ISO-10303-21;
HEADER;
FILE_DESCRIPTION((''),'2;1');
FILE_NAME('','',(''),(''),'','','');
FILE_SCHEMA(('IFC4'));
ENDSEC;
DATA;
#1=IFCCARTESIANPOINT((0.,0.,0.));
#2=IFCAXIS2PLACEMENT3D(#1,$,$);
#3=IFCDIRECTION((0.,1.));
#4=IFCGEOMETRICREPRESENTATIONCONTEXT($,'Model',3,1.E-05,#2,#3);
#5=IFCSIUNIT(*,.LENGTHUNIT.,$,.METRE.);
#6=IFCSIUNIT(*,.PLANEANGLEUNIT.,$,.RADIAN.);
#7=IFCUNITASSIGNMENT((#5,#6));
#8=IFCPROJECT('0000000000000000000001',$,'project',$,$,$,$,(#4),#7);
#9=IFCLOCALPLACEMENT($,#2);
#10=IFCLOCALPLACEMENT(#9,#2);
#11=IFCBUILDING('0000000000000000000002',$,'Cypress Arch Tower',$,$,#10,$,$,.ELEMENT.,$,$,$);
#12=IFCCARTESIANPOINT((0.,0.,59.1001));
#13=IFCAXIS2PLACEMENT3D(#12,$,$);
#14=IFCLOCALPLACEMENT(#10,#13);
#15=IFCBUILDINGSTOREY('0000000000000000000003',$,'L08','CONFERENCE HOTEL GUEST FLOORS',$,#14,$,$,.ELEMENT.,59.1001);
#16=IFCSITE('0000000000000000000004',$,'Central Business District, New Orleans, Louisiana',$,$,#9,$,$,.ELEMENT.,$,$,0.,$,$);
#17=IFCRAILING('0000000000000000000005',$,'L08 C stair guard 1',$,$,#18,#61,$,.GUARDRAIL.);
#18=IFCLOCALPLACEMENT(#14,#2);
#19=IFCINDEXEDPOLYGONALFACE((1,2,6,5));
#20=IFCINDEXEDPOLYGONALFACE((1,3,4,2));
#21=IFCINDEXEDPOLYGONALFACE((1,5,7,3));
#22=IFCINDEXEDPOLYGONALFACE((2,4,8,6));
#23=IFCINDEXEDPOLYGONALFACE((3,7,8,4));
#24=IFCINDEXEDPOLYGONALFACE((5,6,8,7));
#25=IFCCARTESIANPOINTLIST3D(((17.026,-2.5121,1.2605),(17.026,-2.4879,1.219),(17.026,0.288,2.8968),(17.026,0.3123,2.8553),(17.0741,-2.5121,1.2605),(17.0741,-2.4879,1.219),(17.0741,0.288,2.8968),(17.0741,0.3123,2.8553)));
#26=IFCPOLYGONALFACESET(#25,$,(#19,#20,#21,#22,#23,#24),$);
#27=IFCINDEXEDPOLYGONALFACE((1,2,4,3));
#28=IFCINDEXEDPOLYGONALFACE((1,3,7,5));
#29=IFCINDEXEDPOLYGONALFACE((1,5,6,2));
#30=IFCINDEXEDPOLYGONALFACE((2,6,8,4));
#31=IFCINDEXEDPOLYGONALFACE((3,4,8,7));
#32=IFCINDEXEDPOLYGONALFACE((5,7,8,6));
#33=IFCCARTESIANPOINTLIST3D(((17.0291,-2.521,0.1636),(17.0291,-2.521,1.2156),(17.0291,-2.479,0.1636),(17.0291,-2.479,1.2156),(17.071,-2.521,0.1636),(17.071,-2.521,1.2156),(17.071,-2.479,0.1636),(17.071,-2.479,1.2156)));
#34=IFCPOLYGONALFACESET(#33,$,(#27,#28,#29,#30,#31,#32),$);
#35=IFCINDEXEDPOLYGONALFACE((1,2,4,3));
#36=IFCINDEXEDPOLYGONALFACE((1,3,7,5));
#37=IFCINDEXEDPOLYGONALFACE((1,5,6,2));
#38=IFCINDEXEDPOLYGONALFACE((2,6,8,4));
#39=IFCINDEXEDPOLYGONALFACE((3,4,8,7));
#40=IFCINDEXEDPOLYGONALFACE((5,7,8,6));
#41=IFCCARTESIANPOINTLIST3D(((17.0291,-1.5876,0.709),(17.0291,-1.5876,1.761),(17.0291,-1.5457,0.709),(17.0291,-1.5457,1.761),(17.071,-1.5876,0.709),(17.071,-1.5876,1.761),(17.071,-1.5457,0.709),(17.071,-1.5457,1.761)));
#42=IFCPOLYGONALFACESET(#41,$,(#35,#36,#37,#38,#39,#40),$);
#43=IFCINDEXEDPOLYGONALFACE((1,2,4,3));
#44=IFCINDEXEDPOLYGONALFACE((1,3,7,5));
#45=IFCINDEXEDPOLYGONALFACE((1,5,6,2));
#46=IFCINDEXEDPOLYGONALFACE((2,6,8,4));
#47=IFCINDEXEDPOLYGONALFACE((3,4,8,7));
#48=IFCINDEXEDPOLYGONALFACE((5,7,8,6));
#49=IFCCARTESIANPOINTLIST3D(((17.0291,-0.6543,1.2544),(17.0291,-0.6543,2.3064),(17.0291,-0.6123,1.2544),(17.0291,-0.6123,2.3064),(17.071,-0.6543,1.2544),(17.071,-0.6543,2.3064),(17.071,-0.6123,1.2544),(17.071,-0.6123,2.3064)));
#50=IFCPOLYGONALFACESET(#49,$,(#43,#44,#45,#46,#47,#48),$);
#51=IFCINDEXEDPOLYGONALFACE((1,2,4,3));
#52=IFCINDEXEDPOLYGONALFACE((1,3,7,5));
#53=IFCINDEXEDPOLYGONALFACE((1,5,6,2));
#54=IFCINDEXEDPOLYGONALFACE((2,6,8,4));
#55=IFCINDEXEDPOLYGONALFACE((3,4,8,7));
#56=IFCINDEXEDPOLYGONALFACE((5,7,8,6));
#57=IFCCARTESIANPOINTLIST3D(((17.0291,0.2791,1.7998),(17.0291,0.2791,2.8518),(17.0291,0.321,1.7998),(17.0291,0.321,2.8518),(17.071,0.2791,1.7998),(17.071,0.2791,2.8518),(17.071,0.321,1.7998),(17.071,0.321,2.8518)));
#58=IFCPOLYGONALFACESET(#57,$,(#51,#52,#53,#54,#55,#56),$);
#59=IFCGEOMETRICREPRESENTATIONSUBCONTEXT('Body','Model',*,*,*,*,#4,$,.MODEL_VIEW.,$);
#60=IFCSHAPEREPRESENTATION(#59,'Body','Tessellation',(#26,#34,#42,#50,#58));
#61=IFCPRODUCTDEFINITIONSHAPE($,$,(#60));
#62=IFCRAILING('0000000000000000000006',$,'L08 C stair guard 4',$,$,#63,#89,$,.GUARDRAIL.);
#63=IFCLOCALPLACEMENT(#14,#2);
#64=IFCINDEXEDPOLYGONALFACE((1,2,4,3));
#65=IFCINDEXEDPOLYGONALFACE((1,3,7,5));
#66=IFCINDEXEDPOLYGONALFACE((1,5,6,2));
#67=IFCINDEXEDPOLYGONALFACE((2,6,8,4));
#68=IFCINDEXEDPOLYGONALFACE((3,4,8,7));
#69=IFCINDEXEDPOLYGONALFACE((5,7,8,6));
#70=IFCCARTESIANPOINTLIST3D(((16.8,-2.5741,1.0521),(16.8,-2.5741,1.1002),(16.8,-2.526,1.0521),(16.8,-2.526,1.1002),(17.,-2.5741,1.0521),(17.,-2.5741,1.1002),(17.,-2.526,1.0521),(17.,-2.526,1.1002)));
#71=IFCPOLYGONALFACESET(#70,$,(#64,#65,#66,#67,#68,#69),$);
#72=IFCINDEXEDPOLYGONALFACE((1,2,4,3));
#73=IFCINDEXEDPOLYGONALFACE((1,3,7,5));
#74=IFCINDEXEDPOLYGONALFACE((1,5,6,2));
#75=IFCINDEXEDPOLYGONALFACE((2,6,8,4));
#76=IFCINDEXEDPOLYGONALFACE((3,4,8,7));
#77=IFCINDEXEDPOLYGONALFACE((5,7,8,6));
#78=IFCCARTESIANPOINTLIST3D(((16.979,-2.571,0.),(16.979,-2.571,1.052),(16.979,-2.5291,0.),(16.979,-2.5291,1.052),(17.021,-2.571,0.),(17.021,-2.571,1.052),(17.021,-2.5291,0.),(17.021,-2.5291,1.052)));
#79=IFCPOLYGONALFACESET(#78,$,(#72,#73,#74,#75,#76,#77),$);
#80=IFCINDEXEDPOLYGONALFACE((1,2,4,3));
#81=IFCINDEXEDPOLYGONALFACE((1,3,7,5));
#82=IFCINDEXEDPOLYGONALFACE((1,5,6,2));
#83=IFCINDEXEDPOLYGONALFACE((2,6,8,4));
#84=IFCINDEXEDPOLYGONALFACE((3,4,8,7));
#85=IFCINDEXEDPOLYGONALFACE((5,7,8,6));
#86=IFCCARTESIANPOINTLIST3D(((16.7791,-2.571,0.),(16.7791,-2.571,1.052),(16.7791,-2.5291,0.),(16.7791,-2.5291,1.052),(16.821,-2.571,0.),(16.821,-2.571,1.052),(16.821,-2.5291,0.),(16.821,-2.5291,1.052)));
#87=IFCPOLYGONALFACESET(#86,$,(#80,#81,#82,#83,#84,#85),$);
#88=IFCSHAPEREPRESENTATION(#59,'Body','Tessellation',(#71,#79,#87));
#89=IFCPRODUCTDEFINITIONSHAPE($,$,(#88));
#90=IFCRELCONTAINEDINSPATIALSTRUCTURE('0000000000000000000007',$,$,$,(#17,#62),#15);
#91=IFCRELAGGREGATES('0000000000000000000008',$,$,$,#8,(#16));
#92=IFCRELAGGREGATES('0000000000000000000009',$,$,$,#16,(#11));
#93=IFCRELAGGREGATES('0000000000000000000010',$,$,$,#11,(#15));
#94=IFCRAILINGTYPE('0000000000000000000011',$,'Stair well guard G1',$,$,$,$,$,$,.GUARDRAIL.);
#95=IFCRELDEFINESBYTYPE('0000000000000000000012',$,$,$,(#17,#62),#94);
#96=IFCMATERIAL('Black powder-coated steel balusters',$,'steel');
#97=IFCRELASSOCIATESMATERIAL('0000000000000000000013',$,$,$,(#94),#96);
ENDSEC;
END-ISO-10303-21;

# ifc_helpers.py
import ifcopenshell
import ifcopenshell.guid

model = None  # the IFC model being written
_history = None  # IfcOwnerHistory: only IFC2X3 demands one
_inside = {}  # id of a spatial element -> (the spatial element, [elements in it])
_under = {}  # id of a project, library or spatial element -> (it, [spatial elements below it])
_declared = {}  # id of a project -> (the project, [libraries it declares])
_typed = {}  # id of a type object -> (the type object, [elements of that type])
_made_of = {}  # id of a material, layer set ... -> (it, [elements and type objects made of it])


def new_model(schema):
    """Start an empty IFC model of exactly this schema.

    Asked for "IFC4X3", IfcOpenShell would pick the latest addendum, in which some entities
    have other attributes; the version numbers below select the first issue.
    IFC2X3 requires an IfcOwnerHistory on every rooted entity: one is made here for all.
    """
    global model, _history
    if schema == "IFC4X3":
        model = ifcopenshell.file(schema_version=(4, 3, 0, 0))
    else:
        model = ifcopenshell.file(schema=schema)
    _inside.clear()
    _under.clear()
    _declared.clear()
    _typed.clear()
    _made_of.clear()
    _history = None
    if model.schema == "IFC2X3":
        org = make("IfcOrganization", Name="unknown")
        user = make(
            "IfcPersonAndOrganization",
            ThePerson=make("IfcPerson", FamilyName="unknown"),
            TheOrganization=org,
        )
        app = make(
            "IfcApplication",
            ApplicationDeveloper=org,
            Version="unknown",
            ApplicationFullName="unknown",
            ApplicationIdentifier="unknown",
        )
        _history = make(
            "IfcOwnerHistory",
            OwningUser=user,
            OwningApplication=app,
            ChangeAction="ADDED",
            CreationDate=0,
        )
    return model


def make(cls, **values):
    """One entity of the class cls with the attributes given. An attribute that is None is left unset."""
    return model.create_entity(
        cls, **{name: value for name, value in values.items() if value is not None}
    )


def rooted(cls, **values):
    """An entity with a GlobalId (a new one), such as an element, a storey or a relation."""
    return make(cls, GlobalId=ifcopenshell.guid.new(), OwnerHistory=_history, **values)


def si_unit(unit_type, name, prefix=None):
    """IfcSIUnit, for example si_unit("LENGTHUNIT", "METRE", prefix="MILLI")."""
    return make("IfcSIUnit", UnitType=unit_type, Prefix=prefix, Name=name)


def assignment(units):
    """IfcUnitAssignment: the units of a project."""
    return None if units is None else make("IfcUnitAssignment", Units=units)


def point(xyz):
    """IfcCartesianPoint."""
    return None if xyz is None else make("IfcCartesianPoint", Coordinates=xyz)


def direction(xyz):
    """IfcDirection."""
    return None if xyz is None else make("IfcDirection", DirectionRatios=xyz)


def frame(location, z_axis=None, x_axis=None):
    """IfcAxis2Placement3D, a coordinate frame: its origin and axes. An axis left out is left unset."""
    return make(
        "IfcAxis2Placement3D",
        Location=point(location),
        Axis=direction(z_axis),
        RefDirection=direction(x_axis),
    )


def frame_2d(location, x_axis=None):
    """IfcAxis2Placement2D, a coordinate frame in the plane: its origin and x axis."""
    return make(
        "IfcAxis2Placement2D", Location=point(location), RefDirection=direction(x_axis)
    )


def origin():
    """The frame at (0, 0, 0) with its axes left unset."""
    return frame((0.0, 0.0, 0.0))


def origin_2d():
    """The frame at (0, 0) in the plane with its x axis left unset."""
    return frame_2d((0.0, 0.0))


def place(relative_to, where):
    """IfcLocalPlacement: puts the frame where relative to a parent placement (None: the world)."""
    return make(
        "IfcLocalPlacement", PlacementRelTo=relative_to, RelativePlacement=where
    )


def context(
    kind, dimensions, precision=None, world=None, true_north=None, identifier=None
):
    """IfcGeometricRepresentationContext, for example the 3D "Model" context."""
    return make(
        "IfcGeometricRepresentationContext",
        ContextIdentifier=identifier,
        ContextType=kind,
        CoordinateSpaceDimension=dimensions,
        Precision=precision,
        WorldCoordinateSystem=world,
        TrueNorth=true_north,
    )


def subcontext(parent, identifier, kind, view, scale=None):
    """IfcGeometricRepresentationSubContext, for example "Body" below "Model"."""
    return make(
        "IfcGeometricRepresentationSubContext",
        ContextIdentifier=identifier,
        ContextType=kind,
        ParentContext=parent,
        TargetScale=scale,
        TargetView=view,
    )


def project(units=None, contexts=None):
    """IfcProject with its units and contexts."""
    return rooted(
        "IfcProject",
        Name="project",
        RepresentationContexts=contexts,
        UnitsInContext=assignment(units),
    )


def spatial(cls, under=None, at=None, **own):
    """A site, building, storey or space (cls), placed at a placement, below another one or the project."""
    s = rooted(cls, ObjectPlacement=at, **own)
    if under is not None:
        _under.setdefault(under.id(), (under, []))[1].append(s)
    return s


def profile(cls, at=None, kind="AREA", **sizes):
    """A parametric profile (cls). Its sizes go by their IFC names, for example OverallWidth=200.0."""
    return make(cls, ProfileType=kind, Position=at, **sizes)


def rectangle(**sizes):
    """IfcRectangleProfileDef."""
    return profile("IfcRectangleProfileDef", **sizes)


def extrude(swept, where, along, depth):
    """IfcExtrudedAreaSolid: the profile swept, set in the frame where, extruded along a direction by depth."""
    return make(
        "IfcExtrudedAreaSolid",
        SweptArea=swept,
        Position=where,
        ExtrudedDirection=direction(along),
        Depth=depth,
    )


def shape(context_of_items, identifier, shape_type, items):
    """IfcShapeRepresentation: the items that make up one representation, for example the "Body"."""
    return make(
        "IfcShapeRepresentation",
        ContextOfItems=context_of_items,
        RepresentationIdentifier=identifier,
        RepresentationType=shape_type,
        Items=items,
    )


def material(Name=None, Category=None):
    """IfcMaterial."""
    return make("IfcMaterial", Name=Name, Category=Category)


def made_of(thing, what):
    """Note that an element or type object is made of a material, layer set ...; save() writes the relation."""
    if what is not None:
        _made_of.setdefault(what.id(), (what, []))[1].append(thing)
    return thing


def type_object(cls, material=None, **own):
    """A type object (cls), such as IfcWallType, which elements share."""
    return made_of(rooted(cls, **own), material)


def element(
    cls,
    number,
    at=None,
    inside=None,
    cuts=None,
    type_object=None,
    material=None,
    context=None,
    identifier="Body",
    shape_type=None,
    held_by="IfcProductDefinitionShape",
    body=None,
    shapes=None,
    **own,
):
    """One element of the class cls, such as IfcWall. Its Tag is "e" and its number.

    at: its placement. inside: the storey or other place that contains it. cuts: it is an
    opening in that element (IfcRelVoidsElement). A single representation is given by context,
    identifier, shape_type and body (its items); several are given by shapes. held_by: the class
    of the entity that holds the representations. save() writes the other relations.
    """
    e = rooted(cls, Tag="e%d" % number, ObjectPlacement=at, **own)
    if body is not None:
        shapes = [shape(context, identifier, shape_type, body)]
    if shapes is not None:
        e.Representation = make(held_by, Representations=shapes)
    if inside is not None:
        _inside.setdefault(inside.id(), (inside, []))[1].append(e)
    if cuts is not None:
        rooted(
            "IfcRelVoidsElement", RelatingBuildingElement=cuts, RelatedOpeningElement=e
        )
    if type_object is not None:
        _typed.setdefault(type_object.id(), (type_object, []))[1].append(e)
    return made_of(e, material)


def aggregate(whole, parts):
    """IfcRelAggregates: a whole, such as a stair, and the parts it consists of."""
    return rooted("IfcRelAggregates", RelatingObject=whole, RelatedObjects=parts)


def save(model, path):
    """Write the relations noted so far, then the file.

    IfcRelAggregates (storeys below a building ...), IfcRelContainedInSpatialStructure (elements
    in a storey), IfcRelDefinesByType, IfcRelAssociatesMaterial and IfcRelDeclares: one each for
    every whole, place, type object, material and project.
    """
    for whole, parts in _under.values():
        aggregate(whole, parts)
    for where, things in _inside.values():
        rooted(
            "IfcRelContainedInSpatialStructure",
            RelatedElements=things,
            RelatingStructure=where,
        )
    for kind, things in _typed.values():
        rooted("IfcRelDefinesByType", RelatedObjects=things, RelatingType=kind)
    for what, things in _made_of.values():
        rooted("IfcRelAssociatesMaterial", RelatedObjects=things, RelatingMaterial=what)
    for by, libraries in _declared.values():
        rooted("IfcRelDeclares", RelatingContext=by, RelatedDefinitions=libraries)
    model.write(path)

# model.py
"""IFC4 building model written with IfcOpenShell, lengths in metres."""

from ifc_helpers import new_model, si_unit, direction, frame, origin, origin_2d, place, context, subcontext, project, spatial, rectangle, extrude, material, type_object, element, save


model = new_model("IFC4")

# Units and contexts
model_context = context("Model", 3, precision=1e-05, world=origin(), true_north=direction((0.0, 1.0)))
body_context = subcontext(model_context, "Body", "Model", "MODEL_VIEW")
ifc_project = project(units=[si_unit("LENGTHUNIT", "METRE"), si_unit("PLANEANGLEUNIT", "RADIAN")], contexts=[model_context])

# Site, building, storey
site_placement = place(None, origin())
site = spatial("IfcSite", under=ifc_project, at=site_placement, Name="Central Business District, New Orleans, Louisiana", CompositionType="ELEMENT", RefElevation=0.0)
building_placement = place(site_placement, origin())
building = spatial("IfcBuilding", under=site, at=building_placement, Name="Cypress Arch Tower", CompositionType="ELEMENT")
storey_placement = place(building_placement, frame((0.0, 0.0, 59.1001)))
storey = spatial("IfcBuildingStorey", under=building, at=storey_placement, Name="L08", Description="CONFERENCE HOTEL GUEST FLOORS", CompositionType="ELEMENT", Elevation=59.1001)

# Railings
ifc_material_1 = material(Name="Black powder-coated steel balusters", Category="steel")
railing_type_1 = type_object("IfcRailingType", Name="Stair well guard G1", PredefinedType="GUARDRAIL", material=ifc_material_1)
railing_1_placement = place(storey_placement, frame((17.05, -2.5, 0.1636)))
element("IfcRailing", 1, at=railing_1_placement, inside=storey, type_object=railing_type_1, Name="L08 C stair guard 1", PredefinedType="GUARDRAIL", context=body_context, shape_type="SweptSolid", body=[
    extrude(rectangle(XDim=0.0481, YDim=0.0481, at=origin_2d()), frame((0.0, 0.0, 1.0762), z_axis=(0.0, 0.863394, 0.504531), x_axis=(-1.0, 0.0, 0.0)), (0.0, 0.0, 1.0), 3.2432),
    extrude(rectangle(XDim=0.042, YDim=0.042, at=origin_2d()), origin(), (0.0, 0.0, 1.0), 1.052),
    extrude(rectangle(XDim=0.042, YDim=0.042, at=origin_2d()), frame((0.0, 0.9333, 0.5454)), (0.0, 0.0, 1.0), 1.052),
    extrude(rectangle(XDim=0.042, YDim=0.042, at=origin_2d()), frame((0.0, 1.8667, 1.0908)), (0.0, 0.0, 1.0), 1.052),
    extrude(rectangle(XDim=0.042, YDim=0.042, at=origin_2d()), frame((0.0, 2.8, 1.6362)), (0.0, 0.0, 1.0), 1.052),
])
railing_2_placement = place(storey_placement, frame((17.0, -2.55, 0.0)))
element("IfcRailing", 2, at=railing_2_placement, inside=storey, type_object=railing_type_1, Name="L08 C stair guard 4", PredefinedType="GUARDRAIL", context=body_context, shape_type="SweptSolid", body=[
    extrude(rectangle(XDim=0.0481, YDim=0.0481, at=origin_2d()), frame((0.0, 0.0, 1.0762), z_axis=(-1.0, 0.0, 0.0), x_axis=(0.0, -1.0, 0.0)), (0.0, 0.0, 1.0), 0.2),
    extrude(rectangle(XDim=0.042, YDim=0.042, at=origin_2d()), origin(), (0.0, 0.0, 1.0), 1.052),
    extrude(rectangle(XDim=0.042, YDim=0.042, at=origin_2d()), frame((-0.2, 0.0, 0.0)), (0.0, 0.0, 1.0), 1.052),
])

save(model, "model.ifc")
